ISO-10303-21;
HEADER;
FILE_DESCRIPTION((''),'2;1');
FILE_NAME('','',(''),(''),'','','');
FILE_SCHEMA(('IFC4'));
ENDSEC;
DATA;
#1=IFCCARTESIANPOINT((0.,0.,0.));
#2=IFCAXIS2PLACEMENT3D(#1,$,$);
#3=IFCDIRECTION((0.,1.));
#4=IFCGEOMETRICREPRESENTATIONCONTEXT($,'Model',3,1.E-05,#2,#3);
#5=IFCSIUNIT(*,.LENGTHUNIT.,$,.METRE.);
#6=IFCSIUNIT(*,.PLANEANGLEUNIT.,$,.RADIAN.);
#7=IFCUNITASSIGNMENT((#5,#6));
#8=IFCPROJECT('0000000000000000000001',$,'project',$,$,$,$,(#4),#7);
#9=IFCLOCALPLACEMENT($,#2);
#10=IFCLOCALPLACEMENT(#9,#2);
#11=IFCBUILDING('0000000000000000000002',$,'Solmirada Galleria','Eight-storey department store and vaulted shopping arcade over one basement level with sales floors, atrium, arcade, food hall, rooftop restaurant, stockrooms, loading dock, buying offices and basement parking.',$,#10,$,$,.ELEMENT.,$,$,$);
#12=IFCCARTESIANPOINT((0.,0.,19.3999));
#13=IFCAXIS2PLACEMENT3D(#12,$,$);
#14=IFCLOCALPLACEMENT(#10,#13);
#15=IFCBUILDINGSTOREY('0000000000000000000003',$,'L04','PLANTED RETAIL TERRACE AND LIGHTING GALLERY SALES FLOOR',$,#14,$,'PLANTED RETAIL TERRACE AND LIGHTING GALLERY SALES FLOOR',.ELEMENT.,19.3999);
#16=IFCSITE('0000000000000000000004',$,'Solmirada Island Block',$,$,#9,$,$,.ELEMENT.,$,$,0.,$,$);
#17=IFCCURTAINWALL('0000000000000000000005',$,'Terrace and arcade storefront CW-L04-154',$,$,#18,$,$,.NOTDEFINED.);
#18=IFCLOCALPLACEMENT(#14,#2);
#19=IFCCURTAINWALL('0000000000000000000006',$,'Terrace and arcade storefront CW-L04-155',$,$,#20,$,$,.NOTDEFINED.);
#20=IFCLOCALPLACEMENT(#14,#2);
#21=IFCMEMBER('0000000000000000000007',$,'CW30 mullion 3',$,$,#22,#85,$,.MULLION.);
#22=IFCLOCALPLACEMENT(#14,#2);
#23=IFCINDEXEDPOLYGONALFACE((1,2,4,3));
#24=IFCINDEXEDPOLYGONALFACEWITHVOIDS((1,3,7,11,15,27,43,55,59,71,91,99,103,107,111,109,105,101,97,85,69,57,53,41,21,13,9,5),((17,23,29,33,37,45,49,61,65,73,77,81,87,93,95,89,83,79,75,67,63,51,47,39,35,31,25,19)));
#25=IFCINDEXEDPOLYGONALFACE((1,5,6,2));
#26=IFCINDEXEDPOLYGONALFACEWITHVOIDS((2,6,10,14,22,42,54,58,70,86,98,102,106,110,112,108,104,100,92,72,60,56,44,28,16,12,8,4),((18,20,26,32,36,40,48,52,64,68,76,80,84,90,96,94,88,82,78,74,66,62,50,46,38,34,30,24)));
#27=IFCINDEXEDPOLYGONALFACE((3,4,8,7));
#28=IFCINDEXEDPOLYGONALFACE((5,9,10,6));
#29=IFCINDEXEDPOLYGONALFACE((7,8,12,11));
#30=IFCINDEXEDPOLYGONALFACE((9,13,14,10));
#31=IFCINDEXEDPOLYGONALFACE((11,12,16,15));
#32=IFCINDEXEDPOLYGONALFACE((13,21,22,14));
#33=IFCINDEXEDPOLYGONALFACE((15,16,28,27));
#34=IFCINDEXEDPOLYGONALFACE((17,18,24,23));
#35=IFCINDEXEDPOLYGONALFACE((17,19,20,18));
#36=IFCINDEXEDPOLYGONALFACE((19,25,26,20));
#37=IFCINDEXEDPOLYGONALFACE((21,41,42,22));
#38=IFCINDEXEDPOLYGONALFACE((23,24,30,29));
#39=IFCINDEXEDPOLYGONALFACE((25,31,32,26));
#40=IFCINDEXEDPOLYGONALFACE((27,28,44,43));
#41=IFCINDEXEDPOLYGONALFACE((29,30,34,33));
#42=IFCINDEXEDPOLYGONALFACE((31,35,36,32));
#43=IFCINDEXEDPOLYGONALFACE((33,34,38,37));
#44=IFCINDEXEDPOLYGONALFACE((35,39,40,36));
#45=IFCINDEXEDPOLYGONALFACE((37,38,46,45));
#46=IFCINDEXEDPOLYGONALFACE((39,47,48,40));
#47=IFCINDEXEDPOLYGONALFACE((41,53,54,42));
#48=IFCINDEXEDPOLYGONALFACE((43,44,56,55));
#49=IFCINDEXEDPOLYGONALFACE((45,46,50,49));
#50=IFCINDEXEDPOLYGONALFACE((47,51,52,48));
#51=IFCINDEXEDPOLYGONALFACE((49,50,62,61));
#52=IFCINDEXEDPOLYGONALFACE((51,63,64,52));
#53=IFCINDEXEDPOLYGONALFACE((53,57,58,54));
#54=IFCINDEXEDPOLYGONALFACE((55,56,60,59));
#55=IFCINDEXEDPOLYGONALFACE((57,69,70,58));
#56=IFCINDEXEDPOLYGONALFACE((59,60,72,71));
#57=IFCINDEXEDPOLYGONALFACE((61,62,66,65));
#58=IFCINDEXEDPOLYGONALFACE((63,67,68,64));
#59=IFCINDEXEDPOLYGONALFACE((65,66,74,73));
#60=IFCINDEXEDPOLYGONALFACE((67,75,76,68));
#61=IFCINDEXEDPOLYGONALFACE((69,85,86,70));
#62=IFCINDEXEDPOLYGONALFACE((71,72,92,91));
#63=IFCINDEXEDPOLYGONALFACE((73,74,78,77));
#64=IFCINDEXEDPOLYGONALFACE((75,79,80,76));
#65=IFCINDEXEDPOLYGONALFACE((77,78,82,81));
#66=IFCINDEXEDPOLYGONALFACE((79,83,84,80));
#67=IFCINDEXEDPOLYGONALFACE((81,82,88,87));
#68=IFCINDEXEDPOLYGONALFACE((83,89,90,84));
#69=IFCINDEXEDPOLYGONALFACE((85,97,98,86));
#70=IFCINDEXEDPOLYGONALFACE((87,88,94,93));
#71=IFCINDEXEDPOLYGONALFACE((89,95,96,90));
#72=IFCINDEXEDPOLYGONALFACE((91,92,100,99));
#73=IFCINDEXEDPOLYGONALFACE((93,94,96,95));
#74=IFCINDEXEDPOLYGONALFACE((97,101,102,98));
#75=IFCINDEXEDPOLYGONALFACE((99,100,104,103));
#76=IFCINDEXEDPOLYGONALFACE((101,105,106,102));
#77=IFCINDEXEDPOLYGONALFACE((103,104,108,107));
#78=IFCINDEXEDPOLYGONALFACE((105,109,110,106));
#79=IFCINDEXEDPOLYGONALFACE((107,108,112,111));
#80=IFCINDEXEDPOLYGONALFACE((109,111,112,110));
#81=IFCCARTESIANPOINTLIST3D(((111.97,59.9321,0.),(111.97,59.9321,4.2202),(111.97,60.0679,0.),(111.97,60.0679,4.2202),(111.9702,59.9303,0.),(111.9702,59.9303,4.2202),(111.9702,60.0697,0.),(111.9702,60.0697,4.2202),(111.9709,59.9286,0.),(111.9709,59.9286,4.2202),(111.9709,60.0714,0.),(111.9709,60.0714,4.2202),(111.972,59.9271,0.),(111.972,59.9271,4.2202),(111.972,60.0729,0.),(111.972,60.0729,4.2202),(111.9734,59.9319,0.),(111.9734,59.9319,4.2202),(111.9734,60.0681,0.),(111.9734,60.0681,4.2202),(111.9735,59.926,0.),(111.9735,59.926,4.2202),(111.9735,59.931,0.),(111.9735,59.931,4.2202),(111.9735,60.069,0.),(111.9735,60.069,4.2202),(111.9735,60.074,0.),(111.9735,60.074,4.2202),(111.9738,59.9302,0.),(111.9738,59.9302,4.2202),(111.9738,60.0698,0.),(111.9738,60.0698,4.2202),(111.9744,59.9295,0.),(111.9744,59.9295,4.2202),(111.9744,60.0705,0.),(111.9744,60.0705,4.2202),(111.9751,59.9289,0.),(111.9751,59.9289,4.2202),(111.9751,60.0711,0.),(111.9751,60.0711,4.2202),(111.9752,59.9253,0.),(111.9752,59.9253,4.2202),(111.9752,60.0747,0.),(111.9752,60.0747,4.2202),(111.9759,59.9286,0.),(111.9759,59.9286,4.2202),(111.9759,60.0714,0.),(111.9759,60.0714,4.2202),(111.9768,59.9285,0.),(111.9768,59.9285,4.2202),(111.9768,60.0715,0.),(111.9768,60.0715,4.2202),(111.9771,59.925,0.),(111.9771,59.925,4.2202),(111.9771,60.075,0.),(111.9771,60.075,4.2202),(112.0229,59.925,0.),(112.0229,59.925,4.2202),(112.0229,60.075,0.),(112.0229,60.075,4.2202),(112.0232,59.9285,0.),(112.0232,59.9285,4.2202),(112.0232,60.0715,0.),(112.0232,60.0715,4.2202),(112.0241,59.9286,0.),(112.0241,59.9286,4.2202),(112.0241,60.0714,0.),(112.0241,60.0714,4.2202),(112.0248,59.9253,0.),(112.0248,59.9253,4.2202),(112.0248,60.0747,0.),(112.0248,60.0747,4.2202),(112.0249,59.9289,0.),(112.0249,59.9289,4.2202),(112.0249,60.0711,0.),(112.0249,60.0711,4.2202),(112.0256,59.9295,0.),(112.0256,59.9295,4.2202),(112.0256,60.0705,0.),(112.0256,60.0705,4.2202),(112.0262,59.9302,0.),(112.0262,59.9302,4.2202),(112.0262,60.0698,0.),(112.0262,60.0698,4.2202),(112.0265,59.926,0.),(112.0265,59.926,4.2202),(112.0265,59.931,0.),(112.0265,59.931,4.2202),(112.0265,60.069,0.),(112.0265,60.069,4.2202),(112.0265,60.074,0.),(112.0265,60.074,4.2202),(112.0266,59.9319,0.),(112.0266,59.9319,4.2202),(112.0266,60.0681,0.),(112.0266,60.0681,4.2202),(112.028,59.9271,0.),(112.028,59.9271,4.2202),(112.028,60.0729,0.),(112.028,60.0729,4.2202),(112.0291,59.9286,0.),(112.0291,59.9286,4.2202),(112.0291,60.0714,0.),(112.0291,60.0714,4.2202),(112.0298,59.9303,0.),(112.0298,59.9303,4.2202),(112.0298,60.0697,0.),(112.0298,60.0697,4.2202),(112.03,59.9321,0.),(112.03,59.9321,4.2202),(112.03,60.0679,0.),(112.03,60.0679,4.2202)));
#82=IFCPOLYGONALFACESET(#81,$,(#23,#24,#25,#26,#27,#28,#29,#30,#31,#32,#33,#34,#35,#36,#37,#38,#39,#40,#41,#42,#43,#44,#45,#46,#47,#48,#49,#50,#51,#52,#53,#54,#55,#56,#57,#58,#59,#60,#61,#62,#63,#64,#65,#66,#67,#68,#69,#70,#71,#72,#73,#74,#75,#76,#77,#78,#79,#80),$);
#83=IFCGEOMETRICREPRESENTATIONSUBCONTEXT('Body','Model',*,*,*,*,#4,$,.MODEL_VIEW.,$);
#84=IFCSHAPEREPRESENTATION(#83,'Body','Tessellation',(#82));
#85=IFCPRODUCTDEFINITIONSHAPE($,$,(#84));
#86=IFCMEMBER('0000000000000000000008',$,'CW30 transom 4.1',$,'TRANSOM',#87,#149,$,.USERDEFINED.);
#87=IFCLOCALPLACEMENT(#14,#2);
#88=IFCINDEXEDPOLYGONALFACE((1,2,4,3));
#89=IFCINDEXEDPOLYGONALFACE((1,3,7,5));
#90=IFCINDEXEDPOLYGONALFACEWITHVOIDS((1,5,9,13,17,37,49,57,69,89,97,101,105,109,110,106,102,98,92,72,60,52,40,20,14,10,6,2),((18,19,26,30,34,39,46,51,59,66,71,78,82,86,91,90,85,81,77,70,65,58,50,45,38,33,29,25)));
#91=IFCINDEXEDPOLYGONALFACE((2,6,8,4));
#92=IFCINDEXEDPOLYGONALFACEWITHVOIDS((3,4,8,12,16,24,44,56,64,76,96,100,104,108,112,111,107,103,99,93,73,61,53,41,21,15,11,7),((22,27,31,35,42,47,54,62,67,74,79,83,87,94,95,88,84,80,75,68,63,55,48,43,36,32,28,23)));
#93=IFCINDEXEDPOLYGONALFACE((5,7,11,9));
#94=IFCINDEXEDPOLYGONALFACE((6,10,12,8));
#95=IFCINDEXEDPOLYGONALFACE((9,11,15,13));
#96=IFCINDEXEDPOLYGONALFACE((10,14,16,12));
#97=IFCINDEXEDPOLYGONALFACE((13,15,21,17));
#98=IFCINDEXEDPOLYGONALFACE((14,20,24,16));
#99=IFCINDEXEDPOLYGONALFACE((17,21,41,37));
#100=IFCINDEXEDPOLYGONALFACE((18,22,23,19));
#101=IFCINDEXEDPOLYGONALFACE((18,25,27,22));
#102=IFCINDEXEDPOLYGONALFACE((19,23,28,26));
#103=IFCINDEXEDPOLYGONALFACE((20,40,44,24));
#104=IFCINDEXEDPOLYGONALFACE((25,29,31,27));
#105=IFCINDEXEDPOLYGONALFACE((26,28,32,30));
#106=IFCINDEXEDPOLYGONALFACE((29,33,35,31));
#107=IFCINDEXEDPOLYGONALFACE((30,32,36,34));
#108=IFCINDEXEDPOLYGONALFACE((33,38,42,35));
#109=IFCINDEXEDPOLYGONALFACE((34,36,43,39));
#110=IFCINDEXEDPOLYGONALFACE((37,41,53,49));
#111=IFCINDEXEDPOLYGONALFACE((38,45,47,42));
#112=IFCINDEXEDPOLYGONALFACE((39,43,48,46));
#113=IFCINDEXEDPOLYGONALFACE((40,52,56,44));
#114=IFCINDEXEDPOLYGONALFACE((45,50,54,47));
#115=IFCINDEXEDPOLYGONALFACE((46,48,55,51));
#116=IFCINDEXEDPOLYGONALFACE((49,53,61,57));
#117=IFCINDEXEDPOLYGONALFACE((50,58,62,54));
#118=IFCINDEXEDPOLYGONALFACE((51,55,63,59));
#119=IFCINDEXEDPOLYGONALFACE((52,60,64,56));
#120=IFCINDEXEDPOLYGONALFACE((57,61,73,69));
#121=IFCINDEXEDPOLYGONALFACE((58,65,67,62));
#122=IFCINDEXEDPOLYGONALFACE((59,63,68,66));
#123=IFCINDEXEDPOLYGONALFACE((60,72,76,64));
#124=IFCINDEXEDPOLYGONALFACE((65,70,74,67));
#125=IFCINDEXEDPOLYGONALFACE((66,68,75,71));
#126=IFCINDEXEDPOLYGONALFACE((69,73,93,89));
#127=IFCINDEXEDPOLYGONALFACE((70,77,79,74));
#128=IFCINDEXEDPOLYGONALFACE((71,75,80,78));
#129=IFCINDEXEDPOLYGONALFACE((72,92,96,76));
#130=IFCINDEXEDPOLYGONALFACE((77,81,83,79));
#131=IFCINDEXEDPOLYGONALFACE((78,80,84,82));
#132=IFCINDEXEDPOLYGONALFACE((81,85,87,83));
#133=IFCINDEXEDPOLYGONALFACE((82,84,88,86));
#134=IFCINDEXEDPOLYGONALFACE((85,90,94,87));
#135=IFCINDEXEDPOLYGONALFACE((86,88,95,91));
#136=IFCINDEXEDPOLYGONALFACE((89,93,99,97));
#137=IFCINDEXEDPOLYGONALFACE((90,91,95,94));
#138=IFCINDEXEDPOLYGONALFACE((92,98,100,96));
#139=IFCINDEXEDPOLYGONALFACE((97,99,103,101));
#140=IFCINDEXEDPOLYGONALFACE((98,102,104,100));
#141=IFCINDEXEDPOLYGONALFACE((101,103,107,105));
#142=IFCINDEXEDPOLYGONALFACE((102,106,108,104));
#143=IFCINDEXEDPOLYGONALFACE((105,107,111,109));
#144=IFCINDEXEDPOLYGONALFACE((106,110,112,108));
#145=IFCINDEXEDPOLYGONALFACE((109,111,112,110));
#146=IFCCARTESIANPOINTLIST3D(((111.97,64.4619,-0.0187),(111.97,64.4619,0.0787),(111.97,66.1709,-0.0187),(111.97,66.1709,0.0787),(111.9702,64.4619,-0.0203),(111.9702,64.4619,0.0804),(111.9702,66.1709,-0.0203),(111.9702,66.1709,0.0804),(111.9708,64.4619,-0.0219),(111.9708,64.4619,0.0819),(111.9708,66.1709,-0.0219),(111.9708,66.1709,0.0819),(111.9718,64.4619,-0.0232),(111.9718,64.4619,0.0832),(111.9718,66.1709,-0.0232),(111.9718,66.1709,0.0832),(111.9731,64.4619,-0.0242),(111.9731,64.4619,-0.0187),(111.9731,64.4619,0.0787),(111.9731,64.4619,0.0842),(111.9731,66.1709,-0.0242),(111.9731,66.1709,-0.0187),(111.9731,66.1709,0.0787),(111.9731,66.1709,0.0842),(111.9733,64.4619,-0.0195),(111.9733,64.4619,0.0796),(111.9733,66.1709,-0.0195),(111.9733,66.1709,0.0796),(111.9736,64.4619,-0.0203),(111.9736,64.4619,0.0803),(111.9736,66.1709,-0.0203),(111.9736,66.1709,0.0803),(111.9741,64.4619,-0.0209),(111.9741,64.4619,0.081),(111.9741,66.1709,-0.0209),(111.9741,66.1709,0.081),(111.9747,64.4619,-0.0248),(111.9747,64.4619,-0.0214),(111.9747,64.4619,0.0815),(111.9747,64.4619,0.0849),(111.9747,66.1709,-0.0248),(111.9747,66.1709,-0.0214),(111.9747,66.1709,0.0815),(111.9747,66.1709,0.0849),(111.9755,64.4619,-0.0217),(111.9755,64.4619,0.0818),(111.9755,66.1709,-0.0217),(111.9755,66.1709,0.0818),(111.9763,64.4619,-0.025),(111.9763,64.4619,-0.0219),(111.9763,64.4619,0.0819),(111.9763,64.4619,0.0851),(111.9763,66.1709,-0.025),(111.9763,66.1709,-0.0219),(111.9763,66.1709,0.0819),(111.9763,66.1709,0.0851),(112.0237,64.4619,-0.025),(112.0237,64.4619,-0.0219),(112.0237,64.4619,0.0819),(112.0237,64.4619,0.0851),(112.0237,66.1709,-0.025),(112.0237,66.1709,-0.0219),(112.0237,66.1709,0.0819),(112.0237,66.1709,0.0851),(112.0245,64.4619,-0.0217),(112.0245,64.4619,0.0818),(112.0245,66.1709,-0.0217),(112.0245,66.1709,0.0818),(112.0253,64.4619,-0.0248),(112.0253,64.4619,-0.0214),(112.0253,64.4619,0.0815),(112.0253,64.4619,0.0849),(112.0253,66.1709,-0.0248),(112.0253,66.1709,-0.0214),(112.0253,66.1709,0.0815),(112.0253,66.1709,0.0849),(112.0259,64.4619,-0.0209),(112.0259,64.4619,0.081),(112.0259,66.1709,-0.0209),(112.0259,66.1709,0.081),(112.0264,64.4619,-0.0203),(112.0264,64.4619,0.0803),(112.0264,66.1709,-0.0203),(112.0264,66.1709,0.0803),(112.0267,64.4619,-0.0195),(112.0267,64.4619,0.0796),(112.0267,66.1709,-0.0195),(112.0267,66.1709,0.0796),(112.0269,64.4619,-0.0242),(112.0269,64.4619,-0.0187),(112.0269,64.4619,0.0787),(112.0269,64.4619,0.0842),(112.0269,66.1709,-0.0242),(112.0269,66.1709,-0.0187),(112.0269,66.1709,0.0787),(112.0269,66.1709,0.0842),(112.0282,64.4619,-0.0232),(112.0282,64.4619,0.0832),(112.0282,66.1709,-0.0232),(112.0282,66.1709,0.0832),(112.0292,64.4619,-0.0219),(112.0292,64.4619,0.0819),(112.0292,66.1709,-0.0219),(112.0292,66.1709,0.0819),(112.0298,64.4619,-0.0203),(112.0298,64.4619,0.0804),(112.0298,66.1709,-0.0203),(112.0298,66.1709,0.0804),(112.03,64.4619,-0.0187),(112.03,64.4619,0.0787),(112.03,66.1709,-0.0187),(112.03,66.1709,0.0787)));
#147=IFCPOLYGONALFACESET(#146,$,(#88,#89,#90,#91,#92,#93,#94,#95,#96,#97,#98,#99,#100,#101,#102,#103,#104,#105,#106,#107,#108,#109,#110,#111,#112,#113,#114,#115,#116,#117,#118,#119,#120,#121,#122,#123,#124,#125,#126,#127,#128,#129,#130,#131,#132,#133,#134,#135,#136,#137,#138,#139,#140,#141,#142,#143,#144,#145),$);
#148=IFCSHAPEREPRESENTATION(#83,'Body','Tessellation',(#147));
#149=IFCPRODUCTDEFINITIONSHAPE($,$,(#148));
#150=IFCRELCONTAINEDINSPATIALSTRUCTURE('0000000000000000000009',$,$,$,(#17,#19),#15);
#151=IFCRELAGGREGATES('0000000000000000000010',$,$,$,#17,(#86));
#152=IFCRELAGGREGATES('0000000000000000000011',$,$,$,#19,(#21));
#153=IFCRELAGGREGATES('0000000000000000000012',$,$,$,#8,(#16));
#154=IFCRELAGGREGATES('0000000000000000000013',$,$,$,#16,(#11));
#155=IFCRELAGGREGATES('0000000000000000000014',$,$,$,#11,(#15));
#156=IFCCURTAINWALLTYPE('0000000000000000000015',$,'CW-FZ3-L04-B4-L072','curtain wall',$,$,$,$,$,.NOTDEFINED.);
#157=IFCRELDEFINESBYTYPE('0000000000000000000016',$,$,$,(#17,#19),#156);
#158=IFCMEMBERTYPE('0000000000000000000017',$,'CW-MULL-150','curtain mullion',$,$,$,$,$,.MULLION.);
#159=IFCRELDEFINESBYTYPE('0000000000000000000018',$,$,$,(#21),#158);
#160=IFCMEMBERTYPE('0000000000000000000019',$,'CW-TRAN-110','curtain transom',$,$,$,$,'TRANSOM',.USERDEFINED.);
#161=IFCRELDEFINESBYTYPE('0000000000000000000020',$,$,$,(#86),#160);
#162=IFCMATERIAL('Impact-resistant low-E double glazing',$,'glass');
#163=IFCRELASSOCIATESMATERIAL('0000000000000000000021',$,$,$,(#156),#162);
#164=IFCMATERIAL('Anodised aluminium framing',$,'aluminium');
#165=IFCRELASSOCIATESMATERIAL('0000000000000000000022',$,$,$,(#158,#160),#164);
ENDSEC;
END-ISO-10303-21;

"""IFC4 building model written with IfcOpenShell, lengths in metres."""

from ifc_helpers import new_model, si_unit, direction, frame, origin, origin_2d, place, context, subcontext, project, spatial, hollow_rectangle, extrude, material, material_profile, profile_set, type_object, element, aggregate, save


model = new_model("IFC4")

# Units and contexts
model_context = context("Model", 3, precision=1e-05, world=origin(), true_north=direction((0.0, 1.0)))
body_context = subcontext(model_context, "Body", "Model", "MODEL_VIEW")
ifc_project = project(units=[si_unit("LENGTHUNIT", "METRE"), si_unit("PLANEANGLEUNIT", "RADIAN")], contexts=[model_context])

# Site, building, storey
site_placement = place(None, origin())
site = spatial("IfcSite", under=ifc_project, at=site_placement, Name="Solmirada Island Block", CompositionType="ELEMENT", RefElevation=0.0)
building_placement = place(site_placement, origin())
building = spatial("IfcBuilding", under=site, at=building_placement, Name="Solmirada Galleria", Description="Eight-storey department store and vaulted shopping arcade over one basement level with sales floors, atrium, arcade, food hall, rooftop restaurant, stockrooms, loading dock, buying offices and basement parking.", CompositionType="ELEMENT")
storey_placement = place(building_placement, frame((0.0, 0.0, 19.3999)))
storey = spatial("IfcBuildingStorey", under=building, at=storey_placement, Name="L04", Description="PLANTED RETAIL TERRACE AND LIGHTING GALLERY SALES FLOOR", LongName="PLANTED RETAIL TERRACE AND LIGHTING GALLERY SALES FLOOR", CompositionType="ELEMENT", Elevation=19.3999)

# Curtain wall
ifc_material_1 = material(Name="Impact-resistant low-E double glazing", Category="glass")
curtain_wall_type = type_object("IfcCurtainWallType", Name="CW-FZ3-L04-B4-L072", Description="curtain wall", PredefinedType="NOTDEFINED", material=ifc_material_1)
curtain_wall_1_placement = place(storey_placement, origin())
curtain_wall_1 = element("IfcCurtainWall", 1, at=curtain_wall_1_placement, inside=storey, type_object=curtain_wall_type, Name="Terrace and arcade storefront CW-L04-154", PredefinedType="NOTDEFINED")
ifc_material_2 = material(Name="Anodised aluminium framing", Category="aluminium")
ifc_material_profile_1 = material_profile(ifc_material_2, hollow_rectangle(XDim=0.0601, YDim=0.1499, WallThickness=0.0034, InnerFilletRadius=0.0034, OuterFilletRadius=0.0071, at=origin_2d()), Name="ALU-MULL-150X60")
ifc_profile_set_1 = profile_set([ifc_material_profile_1], Name="Anodised aluminium framing")
member_type_1 = type_object("IfcMemberType", Name="CW-MULL-150", Description="curtain mullion", PredefinedType="MULLION", material=ifc_profile_set_1)

# Curtain wall, member
curtain_wall_2_placement = place(storey_placement, origin())
curtain_wall_2 = element("IfcCurtainWall", 2, at=curtain_wall_2_placement, inside=storey, type_object=curtain_wall_type, Name="Terrace and arcade storefront CW-L04-155", PredefinedType="NOTDEFINED")
member_1_placement = place(storey_placement, frame((112.0, 60.0, 0.0), z_axis=(0.0, 0.0, 1.0), x_axis=(1.0, 0.0, 0.0)))
member_1 = element("IfcMember", 3, at=member_1_placement, type_object=member_type_1, Name="CW30 mullion 3", PredefinedType="MULLION", context=body_context, shape_type="SweptSolid", body=[
    extrude(hollow_rectangle(XDim=0.0601, YDim=0.1499, WallThickness=0.0034, InnerFilletRadius=0.0034, OuterFilletRadius=0.0071, at=origin_2d()), origin(), (0.0, 0.0, 1.0), 4.2202),
])

# Member
ifc_material_profile_2 = material_profile(ifc_material_2, hollow_rectangle(XDim=0.0601, YDim=0.1101, WallThickness=0.0032, InnerFilletRadius=0.0032, OuterFilletRadius=0.0063, at=origin_2d()), Name="ALU-TRAN-110X60")
ifc_profile_set_2 = profile_set([ifc_material_profile_2], Name="Anodised aluminium framing")
member_type_2 = type_object("IfcMemberType", Name="CW-TRAN-110", Description="curtain transom", ElementType="TRANSOM", PredefinedType="USERDEFINED", material=ifc_profile_set_2)
member_2_placement = place(storey_placement, frame((112.0, 66.1709, 0.03), z_axis=(0.0, -1.0, 0.0), x_axis=(1.0, 0.0, 0.0)))
member_2 = element("IfcMember", 4, at=member_2_placement, type_object=member_type_2, Name="CW30 transom 4.1", ObjectType="TRANSOM", PredefinedType="USERDEFINED", context=body_context, shape_type="SweptSolid", body=[
    extrude(hollow_rectangle(XDim=0.0601, YDim=0.1101, WallThickness=0.0032, InnerFilletRadius=0.0032, OuterFilletRadius=0.0063, at=origin_2d()), origin(), (0.0, 0.0, 1.0), 1.709),
])

aggregate(curtain_wall_1, [member_2])
aggregate(curtain_wall_2, [member_1])

save(model, "model.ifc")
